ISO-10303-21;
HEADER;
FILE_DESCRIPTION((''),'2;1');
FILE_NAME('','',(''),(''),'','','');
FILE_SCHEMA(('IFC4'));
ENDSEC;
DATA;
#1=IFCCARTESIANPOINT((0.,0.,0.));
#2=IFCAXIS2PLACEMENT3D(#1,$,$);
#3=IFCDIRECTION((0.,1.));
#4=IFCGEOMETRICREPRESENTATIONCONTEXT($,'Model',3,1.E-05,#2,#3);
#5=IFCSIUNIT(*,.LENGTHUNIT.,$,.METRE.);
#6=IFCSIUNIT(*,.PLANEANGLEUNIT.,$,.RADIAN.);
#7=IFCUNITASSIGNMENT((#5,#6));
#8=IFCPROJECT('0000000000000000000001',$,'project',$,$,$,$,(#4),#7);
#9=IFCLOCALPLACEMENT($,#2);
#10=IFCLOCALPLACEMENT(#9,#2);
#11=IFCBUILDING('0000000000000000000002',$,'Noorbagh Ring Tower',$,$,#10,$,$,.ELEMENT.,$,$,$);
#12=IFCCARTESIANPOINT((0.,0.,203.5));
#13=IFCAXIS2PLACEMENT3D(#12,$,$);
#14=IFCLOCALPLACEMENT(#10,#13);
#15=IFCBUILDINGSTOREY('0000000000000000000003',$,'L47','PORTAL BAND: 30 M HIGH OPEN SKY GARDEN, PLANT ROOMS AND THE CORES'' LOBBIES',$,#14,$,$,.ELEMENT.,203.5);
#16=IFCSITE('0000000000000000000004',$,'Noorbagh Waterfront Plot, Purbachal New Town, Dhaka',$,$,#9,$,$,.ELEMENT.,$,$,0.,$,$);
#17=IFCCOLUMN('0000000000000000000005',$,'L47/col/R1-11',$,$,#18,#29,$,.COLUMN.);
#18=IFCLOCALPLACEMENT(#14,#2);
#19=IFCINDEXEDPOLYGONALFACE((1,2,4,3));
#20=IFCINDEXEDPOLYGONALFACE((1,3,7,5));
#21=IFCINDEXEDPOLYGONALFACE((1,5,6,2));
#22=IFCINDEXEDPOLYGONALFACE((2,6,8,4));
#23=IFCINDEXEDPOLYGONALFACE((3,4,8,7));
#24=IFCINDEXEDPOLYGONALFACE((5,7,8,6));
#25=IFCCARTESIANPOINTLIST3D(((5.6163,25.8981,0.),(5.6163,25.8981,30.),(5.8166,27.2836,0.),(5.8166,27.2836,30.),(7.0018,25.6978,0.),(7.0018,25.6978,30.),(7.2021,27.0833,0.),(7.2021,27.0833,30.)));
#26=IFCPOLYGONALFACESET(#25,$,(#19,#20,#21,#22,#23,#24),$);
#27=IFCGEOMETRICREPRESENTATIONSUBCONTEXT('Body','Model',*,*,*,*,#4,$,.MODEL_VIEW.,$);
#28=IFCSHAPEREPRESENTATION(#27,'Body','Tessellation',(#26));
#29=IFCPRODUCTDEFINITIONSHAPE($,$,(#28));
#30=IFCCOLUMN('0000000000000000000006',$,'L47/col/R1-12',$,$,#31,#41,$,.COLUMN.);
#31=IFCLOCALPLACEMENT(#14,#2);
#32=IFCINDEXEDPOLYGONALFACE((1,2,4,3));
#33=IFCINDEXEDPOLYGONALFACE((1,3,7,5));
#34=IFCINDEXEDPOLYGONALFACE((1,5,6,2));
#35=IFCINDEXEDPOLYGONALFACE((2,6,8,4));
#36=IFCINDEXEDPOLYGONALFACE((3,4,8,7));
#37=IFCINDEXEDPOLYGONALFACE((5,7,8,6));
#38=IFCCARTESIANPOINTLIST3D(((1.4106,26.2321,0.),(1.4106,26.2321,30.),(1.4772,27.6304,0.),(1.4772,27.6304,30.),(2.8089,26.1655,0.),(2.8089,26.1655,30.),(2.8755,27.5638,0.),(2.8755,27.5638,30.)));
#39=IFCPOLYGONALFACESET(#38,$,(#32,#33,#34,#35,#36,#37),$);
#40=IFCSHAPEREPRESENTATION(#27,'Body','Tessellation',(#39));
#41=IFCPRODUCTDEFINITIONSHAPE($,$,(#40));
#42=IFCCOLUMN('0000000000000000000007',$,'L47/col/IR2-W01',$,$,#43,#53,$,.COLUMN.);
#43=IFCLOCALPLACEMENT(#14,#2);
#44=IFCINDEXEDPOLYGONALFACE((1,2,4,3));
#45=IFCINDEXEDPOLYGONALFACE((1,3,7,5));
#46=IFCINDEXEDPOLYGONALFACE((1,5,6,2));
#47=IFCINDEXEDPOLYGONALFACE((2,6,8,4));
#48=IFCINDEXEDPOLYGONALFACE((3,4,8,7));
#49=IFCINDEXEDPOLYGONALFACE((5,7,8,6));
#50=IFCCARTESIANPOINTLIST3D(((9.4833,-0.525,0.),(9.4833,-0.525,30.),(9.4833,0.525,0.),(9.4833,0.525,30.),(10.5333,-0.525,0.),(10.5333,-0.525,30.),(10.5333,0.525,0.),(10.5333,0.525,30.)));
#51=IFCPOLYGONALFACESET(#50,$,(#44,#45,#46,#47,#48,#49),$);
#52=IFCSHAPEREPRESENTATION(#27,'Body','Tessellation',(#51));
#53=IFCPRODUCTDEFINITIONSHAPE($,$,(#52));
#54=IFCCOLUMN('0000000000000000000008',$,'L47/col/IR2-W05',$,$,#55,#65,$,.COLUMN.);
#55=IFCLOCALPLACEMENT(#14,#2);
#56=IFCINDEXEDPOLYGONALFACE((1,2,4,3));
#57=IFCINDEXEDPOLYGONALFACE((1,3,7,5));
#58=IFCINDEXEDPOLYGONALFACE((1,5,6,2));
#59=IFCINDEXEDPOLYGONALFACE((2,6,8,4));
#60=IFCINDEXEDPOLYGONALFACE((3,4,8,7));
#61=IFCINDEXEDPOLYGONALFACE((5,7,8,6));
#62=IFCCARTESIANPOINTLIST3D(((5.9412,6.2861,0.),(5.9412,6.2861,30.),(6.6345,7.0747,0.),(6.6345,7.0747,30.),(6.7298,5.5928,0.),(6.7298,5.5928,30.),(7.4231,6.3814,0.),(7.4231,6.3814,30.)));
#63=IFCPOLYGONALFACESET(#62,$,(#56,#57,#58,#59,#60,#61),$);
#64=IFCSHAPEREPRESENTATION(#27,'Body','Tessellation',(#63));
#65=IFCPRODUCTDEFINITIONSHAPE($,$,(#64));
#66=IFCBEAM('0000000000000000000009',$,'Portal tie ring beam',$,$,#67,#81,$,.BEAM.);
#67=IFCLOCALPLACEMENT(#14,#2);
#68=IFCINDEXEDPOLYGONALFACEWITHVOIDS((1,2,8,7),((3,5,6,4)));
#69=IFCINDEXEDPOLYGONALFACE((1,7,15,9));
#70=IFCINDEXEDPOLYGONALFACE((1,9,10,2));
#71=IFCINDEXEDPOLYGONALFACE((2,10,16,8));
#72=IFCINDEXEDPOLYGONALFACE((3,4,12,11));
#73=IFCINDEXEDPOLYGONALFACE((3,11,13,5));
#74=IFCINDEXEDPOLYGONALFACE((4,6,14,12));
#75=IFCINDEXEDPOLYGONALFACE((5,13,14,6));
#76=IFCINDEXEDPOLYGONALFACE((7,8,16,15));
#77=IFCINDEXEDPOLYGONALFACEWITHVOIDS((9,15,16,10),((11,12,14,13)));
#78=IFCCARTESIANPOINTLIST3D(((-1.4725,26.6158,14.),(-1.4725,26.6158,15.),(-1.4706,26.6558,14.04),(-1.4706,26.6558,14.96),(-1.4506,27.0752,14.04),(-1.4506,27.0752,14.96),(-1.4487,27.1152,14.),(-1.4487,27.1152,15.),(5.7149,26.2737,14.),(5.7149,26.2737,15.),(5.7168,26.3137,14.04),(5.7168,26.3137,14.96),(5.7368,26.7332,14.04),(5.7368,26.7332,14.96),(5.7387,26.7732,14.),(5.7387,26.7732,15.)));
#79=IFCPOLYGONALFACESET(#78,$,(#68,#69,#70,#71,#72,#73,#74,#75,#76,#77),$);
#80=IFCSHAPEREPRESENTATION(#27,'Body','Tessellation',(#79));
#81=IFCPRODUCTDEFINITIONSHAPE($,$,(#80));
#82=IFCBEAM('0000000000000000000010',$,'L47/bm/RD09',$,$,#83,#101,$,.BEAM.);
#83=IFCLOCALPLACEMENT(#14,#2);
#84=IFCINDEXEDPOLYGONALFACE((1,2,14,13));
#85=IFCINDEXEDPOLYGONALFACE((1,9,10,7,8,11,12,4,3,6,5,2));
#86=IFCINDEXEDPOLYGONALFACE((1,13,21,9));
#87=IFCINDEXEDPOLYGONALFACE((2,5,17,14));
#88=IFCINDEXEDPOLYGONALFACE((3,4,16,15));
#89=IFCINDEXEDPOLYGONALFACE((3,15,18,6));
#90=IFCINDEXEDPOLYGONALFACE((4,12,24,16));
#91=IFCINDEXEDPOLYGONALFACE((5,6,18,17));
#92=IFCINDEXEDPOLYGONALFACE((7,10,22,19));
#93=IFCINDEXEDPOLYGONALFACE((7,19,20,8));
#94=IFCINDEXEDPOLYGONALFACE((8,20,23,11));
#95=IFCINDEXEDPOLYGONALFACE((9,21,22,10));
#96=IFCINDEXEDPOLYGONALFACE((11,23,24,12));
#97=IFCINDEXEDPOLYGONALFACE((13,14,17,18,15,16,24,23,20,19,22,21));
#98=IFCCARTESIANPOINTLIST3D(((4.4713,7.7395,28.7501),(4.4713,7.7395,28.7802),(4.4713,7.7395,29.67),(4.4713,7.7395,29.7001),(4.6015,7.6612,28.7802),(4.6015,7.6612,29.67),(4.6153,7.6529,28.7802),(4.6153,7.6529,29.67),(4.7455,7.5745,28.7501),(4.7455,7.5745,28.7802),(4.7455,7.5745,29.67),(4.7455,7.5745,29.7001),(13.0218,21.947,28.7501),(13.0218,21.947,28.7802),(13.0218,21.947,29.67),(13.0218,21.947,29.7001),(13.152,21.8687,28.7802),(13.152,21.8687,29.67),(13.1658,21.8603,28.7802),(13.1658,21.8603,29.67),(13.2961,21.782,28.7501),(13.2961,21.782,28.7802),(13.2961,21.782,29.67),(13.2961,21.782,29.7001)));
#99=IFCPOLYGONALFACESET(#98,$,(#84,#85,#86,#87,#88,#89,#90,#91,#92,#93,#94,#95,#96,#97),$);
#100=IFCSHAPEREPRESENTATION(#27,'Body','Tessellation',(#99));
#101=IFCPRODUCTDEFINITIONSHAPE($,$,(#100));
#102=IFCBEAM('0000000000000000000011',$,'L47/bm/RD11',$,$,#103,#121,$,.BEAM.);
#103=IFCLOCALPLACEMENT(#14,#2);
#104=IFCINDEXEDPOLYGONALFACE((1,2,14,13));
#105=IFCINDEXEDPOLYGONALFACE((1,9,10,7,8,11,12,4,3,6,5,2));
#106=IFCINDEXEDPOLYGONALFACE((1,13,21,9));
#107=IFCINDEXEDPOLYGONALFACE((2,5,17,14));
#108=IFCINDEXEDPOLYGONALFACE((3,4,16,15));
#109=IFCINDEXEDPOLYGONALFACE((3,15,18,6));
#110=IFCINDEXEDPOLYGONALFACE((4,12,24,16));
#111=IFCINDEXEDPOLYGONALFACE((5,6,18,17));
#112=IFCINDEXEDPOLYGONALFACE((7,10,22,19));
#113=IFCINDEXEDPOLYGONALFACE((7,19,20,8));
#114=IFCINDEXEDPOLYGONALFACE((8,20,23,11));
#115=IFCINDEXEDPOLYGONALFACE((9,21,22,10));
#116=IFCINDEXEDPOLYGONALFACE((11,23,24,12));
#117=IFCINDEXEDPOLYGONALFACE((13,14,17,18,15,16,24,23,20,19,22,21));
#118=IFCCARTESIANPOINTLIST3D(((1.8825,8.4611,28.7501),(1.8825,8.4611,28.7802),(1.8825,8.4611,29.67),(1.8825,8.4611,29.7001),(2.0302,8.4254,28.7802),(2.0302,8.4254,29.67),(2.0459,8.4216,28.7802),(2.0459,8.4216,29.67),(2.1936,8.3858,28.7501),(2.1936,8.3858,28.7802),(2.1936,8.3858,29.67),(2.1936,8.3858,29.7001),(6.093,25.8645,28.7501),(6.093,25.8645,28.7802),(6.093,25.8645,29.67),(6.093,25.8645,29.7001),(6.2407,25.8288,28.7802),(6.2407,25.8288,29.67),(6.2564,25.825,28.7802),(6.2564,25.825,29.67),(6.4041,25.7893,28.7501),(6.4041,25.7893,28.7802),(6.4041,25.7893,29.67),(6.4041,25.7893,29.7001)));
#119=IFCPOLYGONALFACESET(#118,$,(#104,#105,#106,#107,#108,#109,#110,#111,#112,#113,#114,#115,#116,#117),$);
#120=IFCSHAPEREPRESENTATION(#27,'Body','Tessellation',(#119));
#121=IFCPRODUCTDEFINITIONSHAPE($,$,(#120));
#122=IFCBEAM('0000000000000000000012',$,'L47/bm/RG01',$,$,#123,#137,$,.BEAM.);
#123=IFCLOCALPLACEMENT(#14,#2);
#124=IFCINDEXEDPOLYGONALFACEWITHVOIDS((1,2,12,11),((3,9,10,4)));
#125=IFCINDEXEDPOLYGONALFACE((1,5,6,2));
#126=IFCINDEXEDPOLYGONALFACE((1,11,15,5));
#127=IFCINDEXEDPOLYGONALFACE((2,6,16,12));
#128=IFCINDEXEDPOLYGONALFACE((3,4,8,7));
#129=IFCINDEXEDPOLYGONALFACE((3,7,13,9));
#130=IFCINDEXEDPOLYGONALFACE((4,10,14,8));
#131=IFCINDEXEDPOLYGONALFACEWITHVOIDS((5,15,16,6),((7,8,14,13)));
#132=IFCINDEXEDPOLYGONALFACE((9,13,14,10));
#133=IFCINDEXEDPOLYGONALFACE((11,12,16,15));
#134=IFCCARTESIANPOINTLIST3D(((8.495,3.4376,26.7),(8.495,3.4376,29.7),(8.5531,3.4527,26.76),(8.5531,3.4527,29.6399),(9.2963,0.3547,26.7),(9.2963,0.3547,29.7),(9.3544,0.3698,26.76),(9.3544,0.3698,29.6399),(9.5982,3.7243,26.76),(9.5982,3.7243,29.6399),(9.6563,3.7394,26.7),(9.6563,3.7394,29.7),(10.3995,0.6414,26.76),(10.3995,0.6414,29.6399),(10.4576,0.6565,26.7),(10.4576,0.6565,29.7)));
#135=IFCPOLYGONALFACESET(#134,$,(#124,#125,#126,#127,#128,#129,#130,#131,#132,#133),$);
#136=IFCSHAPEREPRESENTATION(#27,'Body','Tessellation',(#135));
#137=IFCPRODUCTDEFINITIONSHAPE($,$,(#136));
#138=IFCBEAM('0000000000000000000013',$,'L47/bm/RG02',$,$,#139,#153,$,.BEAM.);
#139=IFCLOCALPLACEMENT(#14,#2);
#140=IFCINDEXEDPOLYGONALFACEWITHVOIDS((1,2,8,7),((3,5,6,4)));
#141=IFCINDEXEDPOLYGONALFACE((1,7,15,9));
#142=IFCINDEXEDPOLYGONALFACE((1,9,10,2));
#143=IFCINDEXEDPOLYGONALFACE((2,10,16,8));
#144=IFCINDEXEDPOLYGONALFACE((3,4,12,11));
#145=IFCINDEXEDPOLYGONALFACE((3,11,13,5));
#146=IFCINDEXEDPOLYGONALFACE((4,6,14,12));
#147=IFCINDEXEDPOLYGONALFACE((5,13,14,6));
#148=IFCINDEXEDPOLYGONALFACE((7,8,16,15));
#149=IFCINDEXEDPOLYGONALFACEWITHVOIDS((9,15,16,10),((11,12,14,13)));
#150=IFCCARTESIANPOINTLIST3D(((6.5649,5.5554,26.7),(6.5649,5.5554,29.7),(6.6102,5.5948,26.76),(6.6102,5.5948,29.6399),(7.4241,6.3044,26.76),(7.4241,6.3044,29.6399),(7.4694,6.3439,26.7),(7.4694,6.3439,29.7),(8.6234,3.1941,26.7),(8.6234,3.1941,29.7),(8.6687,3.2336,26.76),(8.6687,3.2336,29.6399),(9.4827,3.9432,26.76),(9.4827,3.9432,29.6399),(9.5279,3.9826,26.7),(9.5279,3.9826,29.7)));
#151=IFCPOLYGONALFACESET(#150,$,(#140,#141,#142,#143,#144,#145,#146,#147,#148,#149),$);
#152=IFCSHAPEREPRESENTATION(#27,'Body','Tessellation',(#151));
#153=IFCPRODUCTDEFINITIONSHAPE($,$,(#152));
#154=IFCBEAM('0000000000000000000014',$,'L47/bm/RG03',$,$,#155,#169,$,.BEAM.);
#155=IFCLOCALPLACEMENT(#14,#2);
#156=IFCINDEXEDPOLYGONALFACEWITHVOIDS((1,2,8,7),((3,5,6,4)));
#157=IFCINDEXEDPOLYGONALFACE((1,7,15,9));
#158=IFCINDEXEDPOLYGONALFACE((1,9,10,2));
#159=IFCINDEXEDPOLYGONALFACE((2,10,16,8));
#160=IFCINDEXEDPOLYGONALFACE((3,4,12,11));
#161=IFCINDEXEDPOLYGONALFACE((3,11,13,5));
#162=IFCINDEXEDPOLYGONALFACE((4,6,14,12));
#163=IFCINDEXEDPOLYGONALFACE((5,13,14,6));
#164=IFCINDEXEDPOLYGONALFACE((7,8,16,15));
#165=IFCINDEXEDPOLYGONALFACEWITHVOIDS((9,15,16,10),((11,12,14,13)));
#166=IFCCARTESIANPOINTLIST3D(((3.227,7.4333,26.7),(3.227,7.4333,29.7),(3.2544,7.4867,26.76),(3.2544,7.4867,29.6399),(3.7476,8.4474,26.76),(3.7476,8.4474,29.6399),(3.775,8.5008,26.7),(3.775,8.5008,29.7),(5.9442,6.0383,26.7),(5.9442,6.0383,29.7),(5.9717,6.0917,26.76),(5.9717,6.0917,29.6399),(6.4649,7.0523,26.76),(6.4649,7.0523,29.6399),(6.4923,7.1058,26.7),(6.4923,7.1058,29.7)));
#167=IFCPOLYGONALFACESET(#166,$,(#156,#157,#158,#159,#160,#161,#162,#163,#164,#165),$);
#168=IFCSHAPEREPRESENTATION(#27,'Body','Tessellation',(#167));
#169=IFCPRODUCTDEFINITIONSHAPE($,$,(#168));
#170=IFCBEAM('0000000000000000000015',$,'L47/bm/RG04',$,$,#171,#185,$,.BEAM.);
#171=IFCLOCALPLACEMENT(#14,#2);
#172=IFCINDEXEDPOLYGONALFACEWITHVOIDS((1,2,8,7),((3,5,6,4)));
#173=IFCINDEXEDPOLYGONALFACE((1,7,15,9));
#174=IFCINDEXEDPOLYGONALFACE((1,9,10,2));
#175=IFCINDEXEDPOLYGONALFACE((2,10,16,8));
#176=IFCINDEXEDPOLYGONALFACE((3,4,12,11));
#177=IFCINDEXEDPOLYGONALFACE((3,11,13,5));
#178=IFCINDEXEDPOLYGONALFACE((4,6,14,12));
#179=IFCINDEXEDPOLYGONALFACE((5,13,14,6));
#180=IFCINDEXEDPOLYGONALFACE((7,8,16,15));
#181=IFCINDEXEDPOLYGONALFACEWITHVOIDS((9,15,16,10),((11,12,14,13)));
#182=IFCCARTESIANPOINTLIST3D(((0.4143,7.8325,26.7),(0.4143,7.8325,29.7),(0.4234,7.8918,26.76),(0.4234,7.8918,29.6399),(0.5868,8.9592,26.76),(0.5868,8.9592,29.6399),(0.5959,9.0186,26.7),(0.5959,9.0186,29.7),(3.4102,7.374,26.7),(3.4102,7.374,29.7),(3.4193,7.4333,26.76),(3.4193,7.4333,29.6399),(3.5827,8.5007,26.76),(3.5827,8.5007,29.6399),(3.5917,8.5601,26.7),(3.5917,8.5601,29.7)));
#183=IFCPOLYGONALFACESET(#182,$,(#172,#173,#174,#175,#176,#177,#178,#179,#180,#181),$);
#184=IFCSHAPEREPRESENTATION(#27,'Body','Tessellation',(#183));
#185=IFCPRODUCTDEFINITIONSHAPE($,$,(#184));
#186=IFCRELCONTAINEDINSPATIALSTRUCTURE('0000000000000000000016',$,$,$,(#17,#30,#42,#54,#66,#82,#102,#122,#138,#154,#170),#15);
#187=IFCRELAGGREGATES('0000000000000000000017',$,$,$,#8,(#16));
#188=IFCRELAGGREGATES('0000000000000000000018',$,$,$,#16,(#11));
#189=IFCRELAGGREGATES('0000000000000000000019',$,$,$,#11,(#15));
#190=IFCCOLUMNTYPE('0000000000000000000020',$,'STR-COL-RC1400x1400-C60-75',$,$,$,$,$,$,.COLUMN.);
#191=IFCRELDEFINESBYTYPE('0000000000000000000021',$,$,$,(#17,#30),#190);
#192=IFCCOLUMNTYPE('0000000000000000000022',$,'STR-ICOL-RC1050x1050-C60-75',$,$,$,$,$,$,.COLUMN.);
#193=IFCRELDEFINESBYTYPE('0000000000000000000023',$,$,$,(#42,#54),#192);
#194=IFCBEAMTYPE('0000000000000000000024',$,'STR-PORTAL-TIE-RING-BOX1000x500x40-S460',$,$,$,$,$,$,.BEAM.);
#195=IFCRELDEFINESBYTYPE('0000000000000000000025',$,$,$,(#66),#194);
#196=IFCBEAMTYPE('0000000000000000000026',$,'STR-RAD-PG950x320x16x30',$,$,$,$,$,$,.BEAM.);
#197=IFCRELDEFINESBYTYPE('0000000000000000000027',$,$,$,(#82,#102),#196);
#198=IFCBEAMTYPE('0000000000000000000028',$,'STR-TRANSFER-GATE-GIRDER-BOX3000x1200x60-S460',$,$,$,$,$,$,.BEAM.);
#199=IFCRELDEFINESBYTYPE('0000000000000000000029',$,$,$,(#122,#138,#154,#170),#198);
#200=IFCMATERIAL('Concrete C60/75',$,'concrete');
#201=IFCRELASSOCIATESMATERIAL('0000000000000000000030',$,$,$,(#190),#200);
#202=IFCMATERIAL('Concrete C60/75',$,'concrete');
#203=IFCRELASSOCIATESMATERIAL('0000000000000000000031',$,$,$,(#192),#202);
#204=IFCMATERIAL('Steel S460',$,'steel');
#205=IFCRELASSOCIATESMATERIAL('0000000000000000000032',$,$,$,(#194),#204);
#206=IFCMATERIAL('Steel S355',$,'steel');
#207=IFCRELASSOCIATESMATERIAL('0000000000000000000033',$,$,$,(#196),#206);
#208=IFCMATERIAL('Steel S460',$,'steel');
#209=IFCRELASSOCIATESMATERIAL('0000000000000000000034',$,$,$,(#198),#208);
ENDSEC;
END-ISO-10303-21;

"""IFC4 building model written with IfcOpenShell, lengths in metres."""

from ifc_helpers import new_model, si_unit, direction, frame, origin, origin_2d, place, context, subcontext, project, spatial, rectangle, hollow_rectangle, i_section, extrude, material, material_profile, profile_set, type_object, element, save


model = new_model("IFC4")

# Units and contexts
model_context = context("Model", 3, precision=1e-05, world=origin(), true_north=direction((0.0, 1.0)))
body_context = subcontext(model_context, "Body", "Model", "MODEL_VIEW")
ifc_project = project(units=[si_unit("LENGTHUNIT", "METRE"), si_unit("PLANEANGLEUNIT", "RADIAN")], contexts=[model_context])

# Site, building, storey
site_placement = place(None, origin())
site = spatial("IfcSite", under=ifc_project, at=site_placement, Name="Noorbagh Waterfront Plot, Purbachal New Town, Dhaka", CompositionType="ELEMENT", RefElevation=0.0)
building_placement = place(site_placement, origin())
building = spatial("IfcBuilding", under=site, at=building_placement, Name="Noorbagh Ring Tower", CompositionType="ELEMENT")
storey_placement = place(building_placement, frame((0.0, 0.0, 203.5)))
storey = spatial("IfcBuildingStorey", under=building, at=storey_placement, Name="L47", Description="PORTAL BAND: 30 M HIGH OPEN SKY GARDEN, PLANT ROOMS AND THE CORES' LOBBIES", CompositionType="ELEMENT", Elevation=203.5)

# Columns
ifc_material_1 = material(Name="Concrete C60/75", Category="concrete")
ifc_material_profile_1 = material_profile(ifc_material_1, rectangle(XDim=1.3999, YDim=1.3999, at=origin_2d()), Name="RC1400x1400")
ifc_profile_set_1 = profile_set([ifc_material_profile_1], Name="Concrete C60/75")
column_type_1 = type_object("IfcColumnType", Name="STR-COL-RC1400x1400-C60-75", PredefinedType="COLUMN", material=ifc_profile_set_1)
for number, where, z_axis, x_axis, name in (
    (1, (6.4092, 26.4907, 0.0), (0.0, 0.0, 1.0), (-0.989713, 0.143066, 0.0), "L47/col/R1-11"),
    (2, (2.1431, 26.8979, 0.0), (0.0, 0.0, 1.0), (-0.998869, 0.047553, 0.0), "L47/col/R1-12"),
):
    element("IfcColumn", number, at=place(storey_placement, frame(where, z_axis=z_axis, x_axis=x_axis)), inside=storey, type_object=column_type_1, Name=name, PredefinedType="COLUMN", context=body_context, shape_type="SweptSolid", body=[
        extrude(rectangle(XDim=1.3999, YDim=1.3999, at=origin_2d()), origin(), (0.0, 0.0, 1.0), 30.0),
    ])
ifc_material_2 = material(Name="Concrete C60/75", Category="concrete")
ifc_material_profile_2 = material_profile(ifc_material_2, rectangle(XDim=1.05, YDim=1.05, at=origin_2d()), Name="RC1050x1050")
ifc_profile_set_2 = profile_set([ifc_material_profile_2], Name="Concrete C60/75")
column_type_2 = type_object("IfcColumnType", Name="STR-ICOL-RC1050x1050-C60-75", PredefinedType="COLUMN", material=ifc_profile_set_2)
for number, where, z_axis, x_axis, name in (
    (3, (10.0083, 0.0, 0.0), (0.0, 0.0, 1.0), (0.0, 1.0, 0.0), "L47/col/IR2-W01"),
    (4, (6.6821, 6.3337, 0.0), (0.0, 0.0, 1.0), (-0.751022, 0.660277, 0.0), "L47/col/IR2-W05"),
):
    element("IfcColumn", number, at=place(storey_placement, frame(where, z_axis=z_axis, x_axis=x_axis)), inside=storey, type_object=column_type_2, Name=name, PredefinedType="COLUMN", context=body_context, shape_type="SweptSolid", body=[
        extrude(rectangle(XDim=1.05, YDim=1.05, at=origin_2d()), origin(), (0.0, 0.0, 1.0), 30.0),
    ])

# Beams
ifc_material_3 = material(Name="Steel S460", Category="steel")
ifc_material_profile_3 = material_profile(ifc_material_3, hollow_rectangle(XDim=0.5, YDim=1.0, WallThickness=0.04, at=origin_2d()), Name="BOX1000x500x40")
ifc_profile_set_3 = profile_set([ifc_material_profile_3], Name="Steel S460")
beam_type_1 = type_object("IfcBeamType", Name="STR-PORTAL-TIE-RING-BOX1000x500x40-S460", PredefinedType="BEAM", material=ifc_profile_set_3)
beam_1_placement = place(storey_placement, frame((5.7268, 26.5234, 14.5), z_axis=(-0.99887, 0.047535, 0.0), x_axis=(-0.047535, -0.99887, 0.0)))
element("IfcBeam", 5, at=beam_1_placement, inside=storey, type_object=beam_type_1, Name="Portal tie ring beam", PredefinedType="BEAM", context=body_context, shape_type="SweptSolid", body=[
    extrude(hollow_rectangle(XDim=0.5, YDim=1.0, WallThickness=0.04, at=origin_2d()), origin(), (0.0, 0.0, 1.0), 7.1956),
])
ifc_material_4 = material(Name="Steel S355", Category="steel")
ifc_material_profile_4 = material_profile(ifc_material_4, i_section(OverallWidth=0.3201, OverallDepth=0.95, WebThickness=0.0161, FlangeThickness=0.03, at=origin_2d()), Name="PG950x320x16x30")
ifc_profile_set_4 = profile_set([ifc_material_profile_4], Name="Steel S355")
beam_type_2 = type_object("IfcBeamType", Name="STR-RAD-PG950x320x16x30", PredefinedType="BEAM", material=ifc_profile_set_4)
beam_2_placement = place(storey_placement, frame((13.1589, 21.8645, 29.2251), z_axis=(-0.515649, -0.8568, 0.0), x_axis=(0.8568, -0.515649, 0.0)))
element("IfcBeam", 6, at=beam_2_placement, inside=storey, type_object=beam_type_2, Name="L47/bm/RD09", PredefinedType="BEAM", context=body_context, shape_type="SweptSolid", body=[
    extrude(i_section(OverallWidth=0.3201, OverallDepth=0.95, WebThickness=0.0161, FlangeThickness=0.03, at=origin_2d()), origin(), (0.0, 0.0, 1.0), 16.582),
])
beam_3_placement = place(storey_placement, frame((6.2485, 25.8269, 29.2251), z_axis=(-0.23515, -0.971959, 0.0), x_axis=(0.971959, -0.23515, 0.0)))
element("IfcBeam", 7, at=beam_3_placement, inside=storey, type_object=beam_type_2, Name="L47/bm/RD11", PredefinedType="BEAM", context=body_context, shape_type="SweptSolid", body=[
    extrude(i_section(OverallWidth=0.3201, OverallDepth=0.95, WebThickness=0.0161, FlangeThickness=0.03, at=origin_2d()), origin(), (0.0, 0.0, 1.0), 17.9055),
])
ifc_material_5 = material(Name="Steel S460", Category="steel")
ifc_material_profile_5 = material_profile(ifc_material_5, hollow_rectangle(XDim=1.2, YDim=3.0, WallThickness=0.0601, at=origin_2d()), Name="BOX3000x1200x60")
ifc_profile_set_5 = profile_set([ifc_material_profile_5], Name="Steel S460")
beam_type_3 = type_object("IfcBeamType", Name="STR-TRANSFER-GATE-GIRDER-BOX3000x1200x60-S460", PredefinedType="BEAM", material=ifc_profile_set_5)
beam_4_placement = place(storey_placement, frame((9.877, 0.5056, 28.2), z_axis=(-0.251561, 0.967842, 0.0), x_axis=(-0.967842, -0.251561, 0.0)))
element("IfcBeam", 8, at=beam_4_placement, inside=storey, type_object=beam_type_3, Name="L47/bm/RG01", PredefinedType="BEAM", context=body_context, shape_type="SweptSolid", body=[
    extrude(hollow_rectangle(XDim=1.2, YDim=3.0, WallThickness=0.0601, at=origin_2d()), origin(), (0.0, 0.0, 1.0), 3.1853),
])
beam_5_placement = place(storey_placement, frame((9.0757, 3.5884, 28.2), z_axis=(-0.657135, 0.753773, 0.0), x_axis=(-0.753773, -0.657135, 0.0)))
element("IfcBeam", 9, at=beam_5_placement, inside=storey, type_object=beam_type_3, Name="L47/bm/RG02", PredefinedType="BEAM", context=body_context, shape_type="SweptSolid", body=[
    extrude(hollow_rectangle(XDim=1.2, YDim=3.0, WallThickness=0.0601, at=origin_2d()), origin(), (0.0, 0.0, 1.0), 3.1326),
])
beam_6_placement = place(storey_placement, frame((6.2183, 6.572, 28.2), z_axis=(-0.889613, 0.456716, 0.0), x_axis=(-0.456716, -0.889613, 0.0)))
element("IfcBeam", 10, at=beam_6_placement, inside=storey, type_object=beam_type_3, Name="L47/bm/RG03", PredefinedType="BEAM", context=body_context, shape_type="SweptSolid", body=[
    extrude(hollow_rectangle(XDim=1.2, YDim=3.0, WallThickness=0.0601, at=origin_2d()), origin(), (0.0, 0.0, 1.0), 3.0544),
])
beam_7_placement = place(storey_placement, frame((3.501, 7.967, 28.2), z_axis=(-0.988491, 0.151282, 0.0), x_axis=(-0.151282, -0.988491, 0.0)))
element("IfcBeam", 11, at=beam_7_placement, inside=storey, type_object=beam_type_3, Name="L47/bm/RG04", PredefinedType="BEAM", context=body_context, shape_type="SweptSolid", body=[
    extrude(hollow_rectangle(XDim=1.2, YDim=3.0, WallThickness=0.0601, at=origin_2d()), origin(), (0.0, 0.0, 1.0), 3.0308),
])

save(model, "model.ifc")
